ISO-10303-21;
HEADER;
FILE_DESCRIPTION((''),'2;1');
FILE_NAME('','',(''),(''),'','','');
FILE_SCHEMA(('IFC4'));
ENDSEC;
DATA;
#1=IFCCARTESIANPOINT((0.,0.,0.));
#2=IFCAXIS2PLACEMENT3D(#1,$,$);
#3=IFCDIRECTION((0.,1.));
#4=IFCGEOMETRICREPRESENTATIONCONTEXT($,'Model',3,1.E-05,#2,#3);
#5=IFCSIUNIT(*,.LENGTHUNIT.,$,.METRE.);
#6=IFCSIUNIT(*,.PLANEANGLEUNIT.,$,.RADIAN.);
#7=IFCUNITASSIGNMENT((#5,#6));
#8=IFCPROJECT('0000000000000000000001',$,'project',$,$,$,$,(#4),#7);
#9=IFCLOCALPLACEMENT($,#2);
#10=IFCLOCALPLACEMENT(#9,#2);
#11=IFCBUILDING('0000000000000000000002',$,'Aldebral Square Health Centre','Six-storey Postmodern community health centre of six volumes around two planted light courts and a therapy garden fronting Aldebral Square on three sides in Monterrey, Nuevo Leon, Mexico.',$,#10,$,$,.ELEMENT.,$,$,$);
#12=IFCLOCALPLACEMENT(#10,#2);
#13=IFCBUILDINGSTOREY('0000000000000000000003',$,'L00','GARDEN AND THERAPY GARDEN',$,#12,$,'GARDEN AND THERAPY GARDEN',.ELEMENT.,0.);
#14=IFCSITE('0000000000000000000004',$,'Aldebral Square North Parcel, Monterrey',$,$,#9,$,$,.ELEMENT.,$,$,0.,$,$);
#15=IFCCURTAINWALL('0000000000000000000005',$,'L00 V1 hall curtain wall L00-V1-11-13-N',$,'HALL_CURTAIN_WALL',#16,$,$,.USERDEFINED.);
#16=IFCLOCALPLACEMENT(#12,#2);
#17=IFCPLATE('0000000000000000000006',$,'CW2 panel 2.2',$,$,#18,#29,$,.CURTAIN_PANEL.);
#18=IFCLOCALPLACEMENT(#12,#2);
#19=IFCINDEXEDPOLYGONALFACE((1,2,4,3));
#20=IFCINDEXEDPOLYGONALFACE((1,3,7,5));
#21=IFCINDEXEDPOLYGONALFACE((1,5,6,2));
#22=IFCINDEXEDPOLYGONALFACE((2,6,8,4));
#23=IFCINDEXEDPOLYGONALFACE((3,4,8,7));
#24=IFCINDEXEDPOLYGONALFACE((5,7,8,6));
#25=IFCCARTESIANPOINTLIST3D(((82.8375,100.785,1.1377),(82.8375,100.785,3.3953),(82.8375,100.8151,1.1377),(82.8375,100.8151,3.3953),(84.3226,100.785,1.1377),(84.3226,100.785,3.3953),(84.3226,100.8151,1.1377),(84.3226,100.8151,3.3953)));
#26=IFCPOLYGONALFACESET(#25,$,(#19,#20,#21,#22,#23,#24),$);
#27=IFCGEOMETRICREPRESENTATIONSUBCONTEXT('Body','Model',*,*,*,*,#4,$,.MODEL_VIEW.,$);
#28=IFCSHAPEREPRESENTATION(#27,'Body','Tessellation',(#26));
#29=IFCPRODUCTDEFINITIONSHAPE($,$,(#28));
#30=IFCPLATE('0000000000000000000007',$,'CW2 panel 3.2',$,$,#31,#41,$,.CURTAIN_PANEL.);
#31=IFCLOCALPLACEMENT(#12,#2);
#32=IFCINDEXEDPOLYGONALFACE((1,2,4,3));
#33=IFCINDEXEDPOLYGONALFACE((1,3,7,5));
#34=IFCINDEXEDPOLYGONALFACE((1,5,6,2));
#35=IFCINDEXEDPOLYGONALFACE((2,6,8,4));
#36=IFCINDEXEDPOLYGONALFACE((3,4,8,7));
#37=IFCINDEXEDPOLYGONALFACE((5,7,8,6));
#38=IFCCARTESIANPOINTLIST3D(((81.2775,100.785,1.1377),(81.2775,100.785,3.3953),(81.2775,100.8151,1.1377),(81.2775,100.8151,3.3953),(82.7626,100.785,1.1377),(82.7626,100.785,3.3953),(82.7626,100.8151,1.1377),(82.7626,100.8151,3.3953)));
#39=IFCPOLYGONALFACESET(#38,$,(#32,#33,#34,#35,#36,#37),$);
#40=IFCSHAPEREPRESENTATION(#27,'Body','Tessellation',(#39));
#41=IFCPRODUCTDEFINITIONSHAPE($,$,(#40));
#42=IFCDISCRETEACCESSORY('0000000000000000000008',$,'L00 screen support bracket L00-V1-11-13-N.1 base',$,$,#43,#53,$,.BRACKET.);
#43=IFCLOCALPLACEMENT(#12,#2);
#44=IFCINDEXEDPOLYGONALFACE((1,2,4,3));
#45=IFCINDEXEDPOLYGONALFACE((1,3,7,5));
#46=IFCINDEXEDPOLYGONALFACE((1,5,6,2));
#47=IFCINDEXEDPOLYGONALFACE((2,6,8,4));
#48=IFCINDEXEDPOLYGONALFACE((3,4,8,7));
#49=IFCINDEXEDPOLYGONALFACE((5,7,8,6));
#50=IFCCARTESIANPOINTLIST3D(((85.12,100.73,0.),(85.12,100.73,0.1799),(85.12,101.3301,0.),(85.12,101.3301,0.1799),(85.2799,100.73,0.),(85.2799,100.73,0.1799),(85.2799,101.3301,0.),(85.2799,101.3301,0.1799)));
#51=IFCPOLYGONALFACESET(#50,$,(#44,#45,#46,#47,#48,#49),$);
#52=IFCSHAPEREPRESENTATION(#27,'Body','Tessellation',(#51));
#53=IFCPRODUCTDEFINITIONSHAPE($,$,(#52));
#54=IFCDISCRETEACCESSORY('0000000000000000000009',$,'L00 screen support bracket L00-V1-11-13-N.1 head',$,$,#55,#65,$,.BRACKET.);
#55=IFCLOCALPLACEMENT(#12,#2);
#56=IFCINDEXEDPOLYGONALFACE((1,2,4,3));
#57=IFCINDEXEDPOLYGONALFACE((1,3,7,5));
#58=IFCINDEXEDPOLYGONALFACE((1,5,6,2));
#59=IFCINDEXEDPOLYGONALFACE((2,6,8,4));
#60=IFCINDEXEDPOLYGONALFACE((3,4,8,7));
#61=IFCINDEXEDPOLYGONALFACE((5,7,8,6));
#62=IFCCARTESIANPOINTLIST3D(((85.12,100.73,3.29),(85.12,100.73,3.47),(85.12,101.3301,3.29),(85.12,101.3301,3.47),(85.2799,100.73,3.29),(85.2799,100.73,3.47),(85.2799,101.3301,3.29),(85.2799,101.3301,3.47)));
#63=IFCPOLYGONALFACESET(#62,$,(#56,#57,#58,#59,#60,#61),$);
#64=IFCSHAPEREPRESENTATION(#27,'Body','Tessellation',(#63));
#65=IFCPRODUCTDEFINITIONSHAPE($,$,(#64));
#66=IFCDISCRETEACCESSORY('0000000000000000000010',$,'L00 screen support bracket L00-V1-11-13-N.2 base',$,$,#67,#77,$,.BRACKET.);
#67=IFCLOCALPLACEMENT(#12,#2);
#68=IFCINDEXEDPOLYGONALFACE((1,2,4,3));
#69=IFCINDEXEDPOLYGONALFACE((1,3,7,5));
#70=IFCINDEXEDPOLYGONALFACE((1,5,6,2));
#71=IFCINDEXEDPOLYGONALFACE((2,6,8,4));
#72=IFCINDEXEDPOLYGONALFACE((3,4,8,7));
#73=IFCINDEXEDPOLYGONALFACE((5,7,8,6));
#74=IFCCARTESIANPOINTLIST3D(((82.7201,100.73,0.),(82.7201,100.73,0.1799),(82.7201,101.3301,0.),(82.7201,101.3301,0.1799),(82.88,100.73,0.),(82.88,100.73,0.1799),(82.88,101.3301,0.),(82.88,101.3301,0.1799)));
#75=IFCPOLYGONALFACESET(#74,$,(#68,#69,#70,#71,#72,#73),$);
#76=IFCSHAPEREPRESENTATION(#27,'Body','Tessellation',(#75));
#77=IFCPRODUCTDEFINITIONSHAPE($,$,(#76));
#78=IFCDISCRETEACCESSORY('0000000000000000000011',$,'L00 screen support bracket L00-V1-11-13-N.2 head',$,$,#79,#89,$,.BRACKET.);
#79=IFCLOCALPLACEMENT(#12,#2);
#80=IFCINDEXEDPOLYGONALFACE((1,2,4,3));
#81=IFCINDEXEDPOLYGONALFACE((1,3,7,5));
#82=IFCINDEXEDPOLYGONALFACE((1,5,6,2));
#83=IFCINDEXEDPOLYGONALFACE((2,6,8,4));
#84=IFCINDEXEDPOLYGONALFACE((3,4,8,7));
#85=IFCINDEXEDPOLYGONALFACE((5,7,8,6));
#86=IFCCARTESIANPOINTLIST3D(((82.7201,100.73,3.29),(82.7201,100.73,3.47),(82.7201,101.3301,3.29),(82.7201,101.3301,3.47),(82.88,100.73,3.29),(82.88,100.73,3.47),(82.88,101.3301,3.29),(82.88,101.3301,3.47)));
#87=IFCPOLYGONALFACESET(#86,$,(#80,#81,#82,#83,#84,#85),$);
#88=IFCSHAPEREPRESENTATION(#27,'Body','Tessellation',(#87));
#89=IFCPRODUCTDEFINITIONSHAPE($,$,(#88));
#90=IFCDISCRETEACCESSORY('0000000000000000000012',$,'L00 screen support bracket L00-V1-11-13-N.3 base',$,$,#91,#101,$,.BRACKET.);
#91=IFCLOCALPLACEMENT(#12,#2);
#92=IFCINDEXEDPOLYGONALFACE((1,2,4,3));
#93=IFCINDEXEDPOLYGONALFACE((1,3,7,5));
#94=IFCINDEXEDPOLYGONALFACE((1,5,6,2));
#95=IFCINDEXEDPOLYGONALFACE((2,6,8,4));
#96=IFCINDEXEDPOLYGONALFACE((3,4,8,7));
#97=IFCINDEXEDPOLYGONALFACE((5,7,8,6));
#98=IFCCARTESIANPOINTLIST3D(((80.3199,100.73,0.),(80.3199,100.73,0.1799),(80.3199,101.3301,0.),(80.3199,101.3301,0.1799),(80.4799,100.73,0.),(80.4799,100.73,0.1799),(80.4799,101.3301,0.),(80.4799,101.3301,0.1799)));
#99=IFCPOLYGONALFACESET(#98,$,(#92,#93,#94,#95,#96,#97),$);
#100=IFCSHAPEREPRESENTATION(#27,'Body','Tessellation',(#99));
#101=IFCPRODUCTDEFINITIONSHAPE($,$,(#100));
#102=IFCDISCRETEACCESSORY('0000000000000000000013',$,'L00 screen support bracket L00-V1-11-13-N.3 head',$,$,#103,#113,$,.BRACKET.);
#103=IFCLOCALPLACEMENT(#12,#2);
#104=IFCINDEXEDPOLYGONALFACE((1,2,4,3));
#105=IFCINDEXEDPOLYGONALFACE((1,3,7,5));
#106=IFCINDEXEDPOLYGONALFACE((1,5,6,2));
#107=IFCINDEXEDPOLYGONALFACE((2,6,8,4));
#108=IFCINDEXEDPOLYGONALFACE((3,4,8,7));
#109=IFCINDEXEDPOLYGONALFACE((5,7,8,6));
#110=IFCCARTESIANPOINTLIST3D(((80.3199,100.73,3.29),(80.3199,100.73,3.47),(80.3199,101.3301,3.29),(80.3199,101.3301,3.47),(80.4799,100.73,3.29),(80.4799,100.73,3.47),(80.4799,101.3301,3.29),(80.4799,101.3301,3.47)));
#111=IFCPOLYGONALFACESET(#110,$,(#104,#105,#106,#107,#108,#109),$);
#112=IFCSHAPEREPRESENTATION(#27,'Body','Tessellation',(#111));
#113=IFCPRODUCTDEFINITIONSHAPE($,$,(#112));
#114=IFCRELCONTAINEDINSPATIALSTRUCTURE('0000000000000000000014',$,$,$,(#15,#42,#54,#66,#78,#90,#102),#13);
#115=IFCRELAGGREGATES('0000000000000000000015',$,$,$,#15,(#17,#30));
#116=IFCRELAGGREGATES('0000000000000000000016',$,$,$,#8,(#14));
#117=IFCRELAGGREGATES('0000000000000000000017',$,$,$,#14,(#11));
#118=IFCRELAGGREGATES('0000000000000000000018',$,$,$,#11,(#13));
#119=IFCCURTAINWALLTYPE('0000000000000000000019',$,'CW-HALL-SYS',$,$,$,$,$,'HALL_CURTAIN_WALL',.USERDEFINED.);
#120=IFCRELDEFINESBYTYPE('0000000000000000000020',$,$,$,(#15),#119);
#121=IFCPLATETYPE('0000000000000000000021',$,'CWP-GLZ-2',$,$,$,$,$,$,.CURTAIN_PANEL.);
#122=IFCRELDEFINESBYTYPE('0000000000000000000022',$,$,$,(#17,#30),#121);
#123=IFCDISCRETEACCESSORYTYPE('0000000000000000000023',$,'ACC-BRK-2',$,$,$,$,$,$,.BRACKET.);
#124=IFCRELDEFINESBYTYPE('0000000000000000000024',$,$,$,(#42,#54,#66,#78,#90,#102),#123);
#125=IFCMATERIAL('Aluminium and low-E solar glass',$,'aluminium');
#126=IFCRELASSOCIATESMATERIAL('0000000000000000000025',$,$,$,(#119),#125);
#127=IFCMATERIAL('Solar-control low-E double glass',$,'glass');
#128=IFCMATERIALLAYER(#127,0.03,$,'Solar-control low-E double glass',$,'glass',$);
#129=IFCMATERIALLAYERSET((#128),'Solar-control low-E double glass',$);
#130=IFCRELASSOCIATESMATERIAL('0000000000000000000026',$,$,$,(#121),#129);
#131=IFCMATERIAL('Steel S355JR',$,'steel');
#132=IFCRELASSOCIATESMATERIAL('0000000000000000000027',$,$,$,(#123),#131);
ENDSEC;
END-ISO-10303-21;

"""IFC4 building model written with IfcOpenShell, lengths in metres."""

from ifc_helpers import new_model, si_unit, direction, frame, origin, origin_2d, place, context, subcontext, project, spatial, rectangle, extrude, material, layer, layer_set, type_object, element, aggregate, save


model = new_model("IFC4")

# Units and contexts
model_context = context("Model", 3, precision=1e-05, world=origin(), true_north=direction((0.0, 1.0)))
body_context = subcontext(model_context, "Body", "Model", "MODEL_VIEW")
ifc_project = project(units=[si_unit("LENGTHUNIT", "METRE"), si_unit("PLANEANGLEUNIT", "RADIAN")], contexts=[model_context])

# Site, building, storey
site_placement = place(None, origin())
site = spatial("IfcSite", under=ifc_project, at=site_placement, Name="Aldebral Square North Parcel, Monterrey", CompositionType="ELEMENT", RefElevation=0.0)
building_placement = place(site_placement, origin())
building = spatial("IfcBuilding", under=site, at=building_placement, Name="Aldebral Square Health Centre", Description="Six-storey Postmodern community health centre of six volumes around two planted light courts and a therapy garden fronting Aldebral Square on three sides in Monterrey, Nuevo Leon, Mexico.", CompositionType="ELEMENT")
storey_placement = place(building_placement, origin())
storey = spatial("IfcBuildingStorey", under=building, at=storey_placement, Name="L00", Description="GARDEN AND THERAPY GARDEN", LongName="GARDEN AND THERAPY GARDEN", CompositionType="ELEMENT", Elevation=0.0)

# Curtain wall
ifc_material_1 = material(Name="Aluminium and low-E solar glass", Category="aluminium")
curtain_wall_type = type_object("IfcCurtainWallType", Name="CW-HALL-SYS", ElementType="HALL_CURTAIN_WALL", PredefinedType="USERDEFINED", material=ifc_material_1)
curtain_wall_1_placement = place(storey_placement, origin())
curtain_wall_1 = element("IfcCurtainWall", 1, at=curtain_wall_1_placement, inside=storey, type_object=curtain_wall_type, Name="L00 V1 hall curtain wall L00-V1-11-13-N", ObjectType="HALL_CURTAIN_WALL", PredefinedType="USERDEFINED")

# Plates
ifc_material_2 = material(Name="Solar-control low-E double glass", Category="glass")
ifc_layer_1 = layer(ifc_material_2, 0.03, Name="Solar-control low-E double glass", Category="glass")
ifc_layer_set_1 = layer_set([ifc_layer_1], Name="Solar-control low-E double glass")
plate_type = type_object("IfcPlateType", Name="CWP-GLZ-2", PredefinedType="CURTAIN_PANEL", material=ifc_layer_set_1)
plate_1_placement = place(storey_placement, frame((83.5801, 100.8, 1.1377), z_axis=(0.0, 0.0, 1.0), x_axis=(-1.0, 0.0, 0.0)))
plate_1 = element("IfcPlate", 2, at=plate_1_placement, type_object=plate_type, Name="CW2 panel 2.2", PredefinedType="CURTAIN_PANEL", context=body_context, shape_type="SweptSolid", body=[
    extrude(rectangle(XDim=1.4851, YDim=0.03, at=origin_2d()), origin(), (0.0, 0.0, 1.0), 2.2576),
])
plate_2_placement = place(storey_placement, frame((82.02, 100.8, 1.1377), z_axis=(0.0, 0.0, 1.0), x_axis=(-1.0, 0.0, 0.0)))
plate_2 = element("IfcPlate", 3, at=plate_2_placement, type_object=plate_type, Name="CW2 panel 3.2", PredefinedType="CURTAIN_PANEL", context=body_context, shape_type="SweptSolid", body=[
    extrude(rectangle(XDim=1.4851, YDim=0.03, at=origin_2d()), origin(), (0.0, 0.0, 1.0), 2.2576),
])
aggregate(curtain_wall_1, [plate_1, plate_2])

# Discrete accessories
ifc_material_3 = material(Name="Steel S355JR", Category="steel")
discrete_accessory_type = type_object("IfcDiscreteAccessoryType", Name="ACC-BRK-2", PredefinedType="BRACKET", material=ifc_material_3)
for number, where, z_axis, x_axis, name in (
    (4, (85.2, 101.03, 0.0), (0.0, 0.0, 1.0), (1.0, 0.0, 0.0), "L00 screen support bracket L00-V1-11-13-N.1 base"),
    (5, (85.2, 101.03, 3.29), (0.0, 0.0, 1.0), (1.0, 0.0, 0.0), "L00 screen support bracket L00-V1-11-13-N.1 head"),
    (6, (82.8, 101.03, 0.0), (0.0, 0.0, 1.0), (1.0, 0.0, 0.0), "L00 screen support bracket L00-V1-11-13-N.2 base"),
    (7, (82.8, 101.03, 3.29), (0.0, 0.0, 1.0), (1.0, 0.0, 0.0), "L00 screen support bracket L00-V1-11-13-N.2 head"),
    (8, (80.3999, 101.03, 0.0), (0.0, 0.0, 1.0), (1.0, 0.0, 0.0), "L00 screen support bracket L00-V1-11-13-N.3 base"),
    (9, (80.3999, 101.03, 3.29), (0.0, 0.0, 1.0), (1.0, 0.0, 0.0), "L00 screen support bracket L00-V1-11-13-N.3 head"),
):
    element("IfcDiscreteAccessory", number, at=place(storey_placement, frame(where, z_axis=z_axis, x_axis=x_axis)), inside=storey, type_object=discrete_accessory_type, Name=name, PredefinedType="BRACKET", context=body_context, shape_type="SweptSolid", body=[
        extrude(rectangle(XDim=0.1599, YDim=0.6001, at=origin_2d()), origin(), (0.0, 0.0, 1.0), 0.1799),
    ])

save(model, "model.ifc")
